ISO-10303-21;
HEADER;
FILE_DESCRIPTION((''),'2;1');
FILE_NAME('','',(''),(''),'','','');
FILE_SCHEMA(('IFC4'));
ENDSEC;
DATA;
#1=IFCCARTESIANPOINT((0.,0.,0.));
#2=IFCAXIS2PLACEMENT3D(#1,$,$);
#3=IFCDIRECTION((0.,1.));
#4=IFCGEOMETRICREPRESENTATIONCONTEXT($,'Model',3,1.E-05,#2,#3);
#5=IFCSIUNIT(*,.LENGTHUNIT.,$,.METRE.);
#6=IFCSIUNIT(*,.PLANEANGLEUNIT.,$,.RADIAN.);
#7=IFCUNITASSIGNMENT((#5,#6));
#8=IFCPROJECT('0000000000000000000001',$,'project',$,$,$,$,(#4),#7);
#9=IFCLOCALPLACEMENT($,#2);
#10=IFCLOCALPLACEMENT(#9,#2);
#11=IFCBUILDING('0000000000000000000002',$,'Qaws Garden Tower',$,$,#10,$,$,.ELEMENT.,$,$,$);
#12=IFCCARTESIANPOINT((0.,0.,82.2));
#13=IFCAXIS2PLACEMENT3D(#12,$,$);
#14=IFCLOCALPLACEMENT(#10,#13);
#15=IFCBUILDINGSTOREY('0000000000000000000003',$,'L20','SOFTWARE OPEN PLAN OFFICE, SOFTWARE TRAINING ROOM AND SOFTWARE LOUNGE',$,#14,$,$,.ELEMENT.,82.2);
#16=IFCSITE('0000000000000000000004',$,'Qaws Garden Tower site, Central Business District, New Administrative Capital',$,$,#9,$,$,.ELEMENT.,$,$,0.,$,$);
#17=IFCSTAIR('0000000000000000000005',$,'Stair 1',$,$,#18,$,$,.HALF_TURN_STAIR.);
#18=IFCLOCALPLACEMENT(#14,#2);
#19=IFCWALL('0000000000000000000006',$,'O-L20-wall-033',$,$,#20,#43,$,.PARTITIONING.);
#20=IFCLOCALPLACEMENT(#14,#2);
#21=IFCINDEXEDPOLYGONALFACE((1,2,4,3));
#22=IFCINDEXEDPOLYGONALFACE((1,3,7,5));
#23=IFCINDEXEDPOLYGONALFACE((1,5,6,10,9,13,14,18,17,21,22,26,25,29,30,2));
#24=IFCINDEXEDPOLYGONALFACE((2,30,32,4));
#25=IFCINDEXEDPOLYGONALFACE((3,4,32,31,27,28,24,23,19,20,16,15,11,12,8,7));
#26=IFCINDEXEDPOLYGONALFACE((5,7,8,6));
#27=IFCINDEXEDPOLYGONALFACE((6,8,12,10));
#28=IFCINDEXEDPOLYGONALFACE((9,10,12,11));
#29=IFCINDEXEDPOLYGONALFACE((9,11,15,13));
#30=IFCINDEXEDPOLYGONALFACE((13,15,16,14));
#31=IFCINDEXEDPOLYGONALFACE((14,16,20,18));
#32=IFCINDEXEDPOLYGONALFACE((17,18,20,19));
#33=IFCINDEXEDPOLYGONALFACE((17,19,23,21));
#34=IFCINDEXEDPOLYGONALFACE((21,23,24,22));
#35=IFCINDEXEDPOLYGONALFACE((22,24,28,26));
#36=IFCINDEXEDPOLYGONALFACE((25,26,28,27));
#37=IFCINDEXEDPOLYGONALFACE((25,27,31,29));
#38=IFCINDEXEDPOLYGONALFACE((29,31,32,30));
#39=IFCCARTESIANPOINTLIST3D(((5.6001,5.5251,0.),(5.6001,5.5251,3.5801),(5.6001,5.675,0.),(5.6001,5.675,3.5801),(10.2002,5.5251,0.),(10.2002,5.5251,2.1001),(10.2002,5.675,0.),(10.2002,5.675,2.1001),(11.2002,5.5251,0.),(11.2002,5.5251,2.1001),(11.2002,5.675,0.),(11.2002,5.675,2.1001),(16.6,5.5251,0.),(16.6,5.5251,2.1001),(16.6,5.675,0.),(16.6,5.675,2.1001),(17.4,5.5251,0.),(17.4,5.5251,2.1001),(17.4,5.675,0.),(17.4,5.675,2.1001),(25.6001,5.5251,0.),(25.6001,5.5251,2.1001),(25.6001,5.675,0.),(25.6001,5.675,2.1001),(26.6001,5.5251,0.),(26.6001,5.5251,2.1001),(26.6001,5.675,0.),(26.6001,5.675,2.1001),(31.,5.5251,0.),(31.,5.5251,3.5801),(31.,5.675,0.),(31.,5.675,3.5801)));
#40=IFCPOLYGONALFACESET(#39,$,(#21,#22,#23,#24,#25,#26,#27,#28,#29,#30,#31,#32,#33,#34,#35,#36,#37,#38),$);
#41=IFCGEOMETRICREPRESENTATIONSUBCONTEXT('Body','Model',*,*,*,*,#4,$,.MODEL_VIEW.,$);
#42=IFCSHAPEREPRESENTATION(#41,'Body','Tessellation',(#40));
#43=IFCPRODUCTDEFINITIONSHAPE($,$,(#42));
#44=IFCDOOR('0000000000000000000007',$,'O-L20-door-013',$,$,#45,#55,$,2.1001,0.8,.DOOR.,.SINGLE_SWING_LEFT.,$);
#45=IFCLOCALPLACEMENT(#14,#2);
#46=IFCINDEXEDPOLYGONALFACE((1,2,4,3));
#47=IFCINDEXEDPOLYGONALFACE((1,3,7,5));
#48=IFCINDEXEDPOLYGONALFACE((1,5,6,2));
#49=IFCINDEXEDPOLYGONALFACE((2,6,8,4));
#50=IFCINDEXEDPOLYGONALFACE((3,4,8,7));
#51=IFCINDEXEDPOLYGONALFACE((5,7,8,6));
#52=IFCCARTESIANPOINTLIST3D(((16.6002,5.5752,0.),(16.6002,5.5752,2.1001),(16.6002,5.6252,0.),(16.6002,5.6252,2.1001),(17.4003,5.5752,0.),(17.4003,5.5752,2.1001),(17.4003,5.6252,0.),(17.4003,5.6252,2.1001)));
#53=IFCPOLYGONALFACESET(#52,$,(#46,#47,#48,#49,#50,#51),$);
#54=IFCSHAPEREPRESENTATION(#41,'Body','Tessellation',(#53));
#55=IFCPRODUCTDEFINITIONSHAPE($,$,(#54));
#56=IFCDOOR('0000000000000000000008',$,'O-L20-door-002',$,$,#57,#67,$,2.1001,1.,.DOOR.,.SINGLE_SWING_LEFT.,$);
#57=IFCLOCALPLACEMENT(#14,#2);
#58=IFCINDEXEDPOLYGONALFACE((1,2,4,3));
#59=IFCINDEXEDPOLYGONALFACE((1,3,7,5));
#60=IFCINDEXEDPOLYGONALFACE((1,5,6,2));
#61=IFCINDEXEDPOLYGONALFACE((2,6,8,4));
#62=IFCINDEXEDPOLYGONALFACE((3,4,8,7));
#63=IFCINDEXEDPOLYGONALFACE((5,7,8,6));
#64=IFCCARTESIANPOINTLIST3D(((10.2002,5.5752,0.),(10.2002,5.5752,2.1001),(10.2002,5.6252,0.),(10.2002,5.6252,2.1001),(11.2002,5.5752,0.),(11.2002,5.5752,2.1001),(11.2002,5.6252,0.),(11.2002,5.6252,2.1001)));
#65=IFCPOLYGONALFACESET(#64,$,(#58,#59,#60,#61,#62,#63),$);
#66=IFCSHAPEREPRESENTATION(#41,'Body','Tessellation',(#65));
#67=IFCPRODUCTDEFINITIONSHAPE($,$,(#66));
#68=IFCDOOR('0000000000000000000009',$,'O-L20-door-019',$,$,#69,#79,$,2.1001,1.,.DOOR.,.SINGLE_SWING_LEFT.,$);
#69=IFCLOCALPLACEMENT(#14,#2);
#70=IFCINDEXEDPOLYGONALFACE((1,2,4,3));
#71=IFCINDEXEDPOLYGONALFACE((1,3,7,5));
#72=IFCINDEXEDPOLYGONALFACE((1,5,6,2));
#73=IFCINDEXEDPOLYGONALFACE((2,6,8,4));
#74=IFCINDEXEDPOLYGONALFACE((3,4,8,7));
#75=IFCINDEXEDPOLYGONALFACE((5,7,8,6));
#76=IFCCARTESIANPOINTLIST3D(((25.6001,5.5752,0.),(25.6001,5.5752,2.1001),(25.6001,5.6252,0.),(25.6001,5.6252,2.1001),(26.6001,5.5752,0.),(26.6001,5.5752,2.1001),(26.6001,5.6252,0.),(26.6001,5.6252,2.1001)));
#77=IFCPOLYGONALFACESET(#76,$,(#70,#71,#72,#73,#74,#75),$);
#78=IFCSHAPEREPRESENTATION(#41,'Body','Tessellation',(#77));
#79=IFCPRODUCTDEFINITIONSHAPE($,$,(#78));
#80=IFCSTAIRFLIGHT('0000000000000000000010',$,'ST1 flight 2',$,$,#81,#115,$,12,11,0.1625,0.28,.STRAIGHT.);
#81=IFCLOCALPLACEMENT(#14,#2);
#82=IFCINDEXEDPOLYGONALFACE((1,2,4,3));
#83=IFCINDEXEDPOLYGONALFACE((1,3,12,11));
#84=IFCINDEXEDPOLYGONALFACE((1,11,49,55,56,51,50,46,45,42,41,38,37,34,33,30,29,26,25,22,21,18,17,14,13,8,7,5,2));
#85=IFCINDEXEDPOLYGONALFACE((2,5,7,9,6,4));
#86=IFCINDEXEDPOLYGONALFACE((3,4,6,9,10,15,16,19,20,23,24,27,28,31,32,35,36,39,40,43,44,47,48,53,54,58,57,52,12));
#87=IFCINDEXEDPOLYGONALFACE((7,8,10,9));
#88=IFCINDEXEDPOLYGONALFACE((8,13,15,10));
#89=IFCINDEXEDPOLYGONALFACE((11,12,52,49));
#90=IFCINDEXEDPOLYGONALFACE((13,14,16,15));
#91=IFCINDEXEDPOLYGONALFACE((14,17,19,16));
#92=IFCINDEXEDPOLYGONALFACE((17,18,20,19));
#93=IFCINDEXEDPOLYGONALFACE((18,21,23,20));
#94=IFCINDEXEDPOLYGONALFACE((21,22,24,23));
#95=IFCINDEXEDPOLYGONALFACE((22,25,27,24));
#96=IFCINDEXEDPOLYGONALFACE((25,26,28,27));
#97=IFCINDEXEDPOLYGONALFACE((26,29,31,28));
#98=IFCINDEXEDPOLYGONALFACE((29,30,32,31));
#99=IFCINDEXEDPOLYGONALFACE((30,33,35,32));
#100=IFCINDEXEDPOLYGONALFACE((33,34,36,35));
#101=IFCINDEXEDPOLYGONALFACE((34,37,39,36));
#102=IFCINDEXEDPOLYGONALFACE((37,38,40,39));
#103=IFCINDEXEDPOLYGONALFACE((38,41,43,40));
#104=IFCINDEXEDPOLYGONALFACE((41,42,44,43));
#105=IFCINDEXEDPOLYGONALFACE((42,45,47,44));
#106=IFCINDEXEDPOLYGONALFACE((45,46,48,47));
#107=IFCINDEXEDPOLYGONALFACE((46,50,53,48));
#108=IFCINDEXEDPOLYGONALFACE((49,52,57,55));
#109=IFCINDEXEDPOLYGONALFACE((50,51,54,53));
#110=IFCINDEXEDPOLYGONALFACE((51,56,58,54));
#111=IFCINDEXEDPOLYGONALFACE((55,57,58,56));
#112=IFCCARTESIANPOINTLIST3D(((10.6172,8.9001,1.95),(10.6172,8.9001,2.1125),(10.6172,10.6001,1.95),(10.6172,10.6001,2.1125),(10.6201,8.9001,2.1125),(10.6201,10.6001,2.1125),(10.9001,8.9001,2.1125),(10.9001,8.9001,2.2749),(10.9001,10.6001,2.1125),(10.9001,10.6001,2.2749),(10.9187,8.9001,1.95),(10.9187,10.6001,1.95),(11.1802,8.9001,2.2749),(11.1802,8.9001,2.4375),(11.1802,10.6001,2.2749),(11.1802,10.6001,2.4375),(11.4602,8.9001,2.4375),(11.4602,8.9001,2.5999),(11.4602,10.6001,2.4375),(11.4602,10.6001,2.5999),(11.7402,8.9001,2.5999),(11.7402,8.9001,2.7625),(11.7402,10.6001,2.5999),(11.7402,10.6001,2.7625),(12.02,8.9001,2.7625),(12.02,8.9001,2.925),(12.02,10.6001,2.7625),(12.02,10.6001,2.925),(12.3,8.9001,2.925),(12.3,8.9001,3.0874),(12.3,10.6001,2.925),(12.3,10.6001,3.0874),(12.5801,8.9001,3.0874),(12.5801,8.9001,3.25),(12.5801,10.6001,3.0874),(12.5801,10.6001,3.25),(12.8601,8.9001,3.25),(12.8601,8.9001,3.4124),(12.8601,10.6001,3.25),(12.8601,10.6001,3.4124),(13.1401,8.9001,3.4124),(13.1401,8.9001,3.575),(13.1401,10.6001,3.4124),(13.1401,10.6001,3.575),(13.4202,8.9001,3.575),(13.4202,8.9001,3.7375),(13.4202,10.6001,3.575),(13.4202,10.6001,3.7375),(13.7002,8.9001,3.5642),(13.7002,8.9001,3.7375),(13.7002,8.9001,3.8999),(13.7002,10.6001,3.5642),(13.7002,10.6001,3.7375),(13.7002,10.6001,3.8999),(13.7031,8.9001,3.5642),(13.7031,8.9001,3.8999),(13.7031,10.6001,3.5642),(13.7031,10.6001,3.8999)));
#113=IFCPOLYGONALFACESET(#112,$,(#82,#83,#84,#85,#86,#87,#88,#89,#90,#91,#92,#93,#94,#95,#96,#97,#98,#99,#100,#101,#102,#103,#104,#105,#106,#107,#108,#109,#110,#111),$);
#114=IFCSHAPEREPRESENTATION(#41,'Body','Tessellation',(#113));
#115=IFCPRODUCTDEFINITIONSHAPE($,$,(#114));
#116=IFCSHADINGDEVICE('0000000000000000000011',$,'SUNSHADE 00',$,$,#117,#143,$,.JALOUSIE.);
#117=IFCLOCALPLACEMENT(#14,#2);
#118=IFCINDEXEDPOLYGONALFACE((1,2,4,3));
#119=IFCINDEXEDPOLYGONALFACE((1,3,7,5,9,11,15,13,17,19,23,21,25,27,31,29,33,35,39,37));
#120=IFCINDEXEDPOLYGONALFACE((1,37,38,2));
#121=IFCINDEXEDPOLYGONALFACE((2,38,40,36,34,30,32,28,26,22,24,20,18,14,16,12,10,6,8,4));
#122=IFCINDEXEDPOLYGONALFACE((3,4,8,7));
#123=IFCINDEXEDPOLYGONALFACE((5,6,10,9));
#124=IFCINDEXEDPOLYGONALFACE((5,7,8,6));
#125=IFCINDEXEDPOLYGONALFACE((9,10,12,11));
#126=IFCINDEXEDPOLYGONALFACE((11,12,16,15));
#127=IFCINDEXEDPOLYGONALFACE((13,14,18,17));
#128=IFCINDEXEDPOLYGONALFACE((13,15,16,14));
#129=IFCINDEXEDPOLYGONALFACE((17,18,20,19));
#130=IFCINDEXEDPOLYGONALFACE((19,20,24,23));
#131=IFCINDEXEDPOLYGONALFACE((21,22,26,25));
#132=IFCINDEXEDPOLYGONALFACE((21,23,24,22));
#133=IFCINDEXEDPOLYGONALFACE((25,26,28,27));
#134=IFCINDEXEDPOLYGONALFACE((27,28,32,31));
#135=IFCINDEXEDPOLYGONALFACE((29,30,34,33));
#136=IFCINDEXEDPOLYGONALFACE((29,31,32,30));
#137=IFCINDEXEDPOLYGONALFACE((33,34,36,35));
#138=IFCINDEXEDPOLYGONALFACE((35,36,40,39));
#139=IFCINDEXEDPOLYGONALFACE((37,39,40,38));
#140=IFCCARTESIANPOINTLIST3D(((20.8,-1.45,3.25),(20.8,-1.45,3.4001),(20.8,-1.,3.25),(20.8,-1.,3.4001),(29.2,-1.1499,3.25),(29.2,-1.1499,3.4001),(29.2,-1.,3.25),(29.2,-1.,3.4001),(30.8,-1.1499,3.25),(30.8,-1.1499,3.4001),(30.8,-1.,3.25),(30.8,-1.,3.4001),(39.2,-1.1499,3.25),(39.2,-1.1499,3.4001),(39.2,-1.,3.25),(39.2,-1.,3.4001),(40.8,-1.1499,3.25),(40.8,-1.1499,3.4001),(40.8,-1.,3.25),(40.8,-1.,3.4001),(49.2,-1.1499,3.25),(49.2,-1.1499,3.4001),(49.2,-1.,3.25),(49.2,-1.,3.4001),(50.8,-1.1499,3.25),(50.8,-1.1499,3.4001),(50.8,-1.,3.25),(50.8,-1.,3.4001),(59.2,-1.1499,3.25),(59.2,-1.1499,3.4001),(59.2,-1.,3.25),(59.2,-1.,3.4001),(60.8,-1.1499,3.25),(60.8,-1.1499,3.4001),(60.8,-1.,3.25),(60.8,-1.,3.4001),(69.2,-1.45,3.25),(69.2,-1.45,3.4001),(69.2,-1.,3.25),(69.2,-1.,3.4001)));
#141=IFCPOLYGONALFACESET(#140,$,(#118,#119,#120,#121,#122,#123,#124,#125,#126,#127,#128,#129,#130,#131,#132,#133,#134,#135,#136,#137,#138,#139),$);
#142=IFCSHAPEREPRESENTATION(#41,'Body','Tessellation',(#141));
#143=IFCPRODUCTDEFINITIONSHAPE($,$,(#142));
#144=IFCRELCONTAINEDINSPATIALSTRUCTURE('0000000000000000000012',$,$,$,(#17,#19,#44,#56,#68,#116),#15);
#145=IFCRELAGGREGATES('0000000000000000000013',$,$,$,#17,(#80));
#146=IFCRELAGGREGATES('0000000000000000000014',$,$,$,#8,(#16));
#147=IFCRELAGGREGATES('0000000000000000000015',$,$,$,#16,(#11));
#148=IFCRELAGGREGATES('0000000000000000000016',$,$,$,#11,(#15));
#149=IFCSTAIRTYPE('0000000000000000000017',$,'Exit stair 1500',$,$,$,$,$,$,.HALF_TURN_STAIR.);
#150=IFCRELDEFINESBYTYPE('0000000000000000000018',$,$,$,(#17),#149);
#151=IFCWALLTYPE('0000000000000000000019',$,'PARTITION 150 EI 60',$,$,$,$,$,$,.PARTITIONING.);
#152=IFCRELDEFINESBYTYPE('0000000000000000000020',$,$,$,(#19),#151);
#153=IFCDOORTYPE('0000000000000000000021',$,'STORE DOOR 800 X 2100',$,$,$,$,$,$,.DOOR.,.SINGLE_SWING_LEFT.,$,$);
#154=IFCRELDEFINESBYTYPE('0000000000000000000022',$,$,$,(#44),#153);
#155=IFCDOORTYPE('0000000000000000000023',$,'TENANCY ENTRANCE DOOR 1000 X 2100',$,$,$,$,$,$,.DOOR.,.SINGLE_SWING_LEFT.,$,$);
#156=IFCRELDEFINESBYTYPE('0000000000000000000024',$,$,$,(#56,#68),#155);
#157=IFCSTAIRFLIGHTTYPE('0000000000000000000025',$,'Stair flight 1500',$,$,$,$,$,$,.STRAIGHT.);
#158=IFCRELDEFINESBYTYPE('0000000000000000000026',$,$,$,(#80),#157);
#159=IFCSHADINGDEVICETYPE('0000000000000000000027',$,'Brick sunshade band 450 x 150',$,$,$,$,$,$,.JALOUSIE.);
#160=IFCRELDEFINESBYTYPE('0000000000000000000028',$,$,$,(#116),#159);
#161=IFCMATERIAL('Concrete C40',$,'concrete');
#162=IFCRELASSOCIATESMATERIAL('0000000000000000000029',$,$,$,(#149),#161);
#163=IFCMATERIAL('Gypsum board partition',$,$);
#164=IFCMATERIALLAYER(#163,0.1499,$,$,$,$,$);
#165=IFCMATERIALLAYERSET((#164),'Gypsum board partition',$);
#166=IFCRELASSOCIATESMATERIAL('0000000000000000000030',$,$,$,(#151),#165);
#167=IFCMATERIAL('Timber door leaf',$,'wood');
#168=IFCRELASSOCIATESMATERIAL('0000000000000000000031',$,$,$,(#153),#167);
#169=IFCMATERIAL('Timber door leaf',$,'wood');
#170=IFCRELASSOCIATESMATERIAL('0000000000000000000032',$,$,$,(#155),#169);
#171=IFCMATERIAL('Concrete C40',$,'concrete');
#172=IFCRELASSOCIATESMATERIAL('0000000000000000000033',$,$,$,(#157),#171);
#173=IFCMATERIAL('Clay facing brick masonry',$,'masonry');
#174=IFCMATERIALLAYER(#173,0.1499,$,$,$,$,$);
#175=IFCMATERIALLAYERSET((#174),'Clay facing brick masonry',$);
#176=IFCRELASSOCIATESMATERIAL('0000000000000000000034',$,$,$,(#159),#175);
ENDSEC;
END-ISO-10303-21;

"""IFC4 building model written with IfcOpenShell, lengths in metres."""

from ifc_helpers import new_model, si_unit, direction, frame, frame_2d, origin, place, context, subcontext, project, spatial, polyline, rectangle, outline, extrude, material, layer, layer_set, type_object, element, fill, aggregate, save


model = new_model("IFC4")

# Units and contexts
model_context = context("Model", 3, precision=1e-05, world=origin(), true_north=direction((0.0, 1.0)))
body_context = subcontext(model_context, "Body", "Model", "MODEL_VIEW")
ifc_project = project(units=[si_unit("LENGTHUNIT", "METRE"), si_unit("PLANEANGLEUNIT", "RADIAN")], contexts=[model_context])

# Site, building, storey
site_placement = place(None, origin())
site = spatial("IfcSite", under=ifc_project, at=site_placement, Name="Qaws Garden Tower site, Central Business District, New Administrative Capital", CompositionType="ELEMENT", RefElevation=0.0)
building_placement = place(site_placement, origin())
building = spatial("IfcBuilding", under=site, at=building_placement, Name="Qaws Garden Tower", CompositionType="ELEMENT")
storey_placement = place(building_placement, frame((0.0, 0.0, 82.2)))
storey = spatial("IfcBuildingStorey", under=building, at=storey_placement, Name="L20", Description="SOFTWARE OPEN PLAN OFFICE, SOFTWARE TRAINING ROOM AND SOFTWARE LOUNGE", CompositionType="ELEMENT", Elevation=82.2)

# Stair
ifc_material_1 = material(Name="Concrete C40", Category="concrete")
stair_type_1 = type_object("IfcStairType", Name="Exit stair 1500", PredefinedType="HALF_TURN_STAIR", material=ifc_material_1)
placement_1 = place(storey_placement, origin())
stair_1 = element("IfcStair", 1, at=placement_1, inside=storey, type_object=stair_type_1, Name="Stair 1", PredefinedType="HALF_TURN_STAIR")

# Shared definitions
ifc_material_2 = material(Name="Gypsum board partition")
ifc_layer_1 = layer(ifc_material_2, 0.1499)
ifc_layer_set_1 = layer_set([ifc_layer_1], Name="Gypsum board partition")
wall_type_1 = type_object("IfcWallType", Name="PARTITION 150 EI 60", PredefinedType="PARTITIONING", material=ifc_layer_set_1)

# Wall, openings, doors
wall_1_placement = place(storey_placement, frame((5.6001, 5.6001, 0.0), z_axis=(0.0, 0.0, 1.0), x_axis=(1.0, 0.0, 0.0)))
wall_1 = element("IfcWall", 2, at=wall_1_placement, inside=storey, type_object=wall_type_1, Name="O-L20-wall-033", PredefinedType="PARTITIONING", context=body_context, shape_type="SweptSolid", body=[
    extrude(rectangle(XDim=25.3999, YDim=0.1499, at=frame_2d((12.7, 0.0))), origin(), (0.0, 0.0, 1.0), 3.5801),
])
opening_1_placement = place(wall_1_placement, frame((4.6001, 0.0, 0.0)))
opening_1 = element("IfcOpeningElement", 3, at=opening_1_placement, cuts=wall_1, PredefinedType="OPENING", context=body_context, shape_type="SweptSolid", body=[
    extrude(rectangle(XDim=1.0, YDim=2.1001, at=frame_2d((0.5, 1.05))), frame((0.0, 0.085, 0.0), z_axis=(0.0, -1.0, 0.0), x_axis=(1.0, 0.0, 0.0)), (0.0, 0.0, 1.0), 0.1699),
])
opening_2_placement = place(wall_1_placement, frame((11.0, 0.0, 0.0)))
opening_2 = element("IfcOpeningElement", 4, at=opening_2_placement, cuts=wall_1, PredefinedType="OPENING", context=body_context, shape_type="SweptSolid", body=[
    extrude(rectangle(XDim=0.8, YDim=2.1001, at=frame_2d((0.3999, 1.05))), frame((0.0, 0.085, 0.0), z_axis=(0.0, -1.0, 0.0), x_axis=(1.0, 0.0, 0.0)), (0.0, 0.0, 1.0), 0.1699),
])
opening_3_placement = place(wall_1_placement, frame((20.0, 0.0, 0.0)))
opening_3 = element("IfcOpeningElement", 5, at=opening_3_placement, cuts=wall_1, PredefinedType="OPENING", context=body_context, shape_type="SweptSolid", body=[
    extrude(rectangle(XDim=1.0, YDim=2.1001, at=frame_2d((0.5, 1.05))), frame((0.0, 0.085, 0.0), z_axis=(0.0, -1.0, 0.0), x_axis=(1.0, 0.0, 0.0)), (0.0, 0.0, 1.0), 0.1699),
])
ifc_material_3 = material(Name="Timber door leaf", Category="wood")
door_type_1 = type_object("IfcDoorType", Name="STORE DOOR 800 X 2100", OperationType="SINGLE_SWING_LEFT", PredefinedType="DOOR", material=ifc_material_3)
door_1_placement = place(opening_2_placement, frame((0.8, 0.0, 0.0), z_axis=(0.0, 0.0, 1.0), x_axis=(-1.0, 0.0, 0.0)))
door_1 = element("IfcDoor", 6, at=door_1_placement, inside=storey, type_object=door_type_1, Name="O-L20-door-013", OperationType="SINGLE_SWING_LEFT", OverallHeight=2.1001, OverallWidth=0.8, PredefinedType="DOOR", context=body_context, shape_type="SweptSolid", body=[
    extrude(rectangle(XDim=0.8, YDim=2.1001, at=frame_2d((0.3999, 1.05))), frame((0.0, 0.0249, 0.0), z_axis=(0.0, -1.0, 0.0), x_axis=(1.0, 0.0, 0.0)), (0.0, 0.0, 1.0), 0.05),
])
fill(opening_2, door_1)
ifc_material_4 = material(Name="Timber door leaf", Category="wood")
door_type_2 = type_object("IfcDoorType", Name="TENANCY ENTRANCE DOOR 1000 X 2100", OperationType="SINGLE_SWING_LEFT", PredefinedType="DOOR", material=ifc_material_4)
door_2_placement = place(opening_1_placement, frame((1.0, 0.0, 0.0), z_axis=(0.0, 0.0, 1.0), x_axis=(-1.0, 0.0, 0.0)))
door_2 = element("IfcDoor", 7, at=door_2_placement, inside=storey, type_object=door_type_2, Name="O-L20-door-002", OperationType="SINGLE_SWING_LEFT", OverallHeight=2.1001, OverallWidth=1.0, PredefinedType="DOOR", context=body_context, shape_type="SweptSolid", body=[
    extrude(rectangle(XDim=1.0, YDim=2.1001, at=frame_2d((0.5, 1.05))), frame((0.0, 0.0249, 0.0), z_axis=(0.0, -1.0, 0.0), x_axis=(1.0, 0.0, 0.0)), (0.0, 0.0, 1.0), 0.05),
])
fill(opening_1, door_2)
door_3_placement = place(opening_3_placement, frame((1.0, 0.0, 0.0), z_axis=(0.0, 0.0, 1.0), x_axis=(-1.0, 0.0, 0.0)))
door_3 = element("IfcDoor", 8, at=door_3_placement, inside=storey, type_object=door_type_2, Name="O-L20-door-019", OperationType="SINGLE_SWING_LEFT", OverallHeight=2.1001, OverallWidth=1.0, PredefinedType="DOOR", context=body_context, shape_type="SweptSolid", body=[
    extrude(rectangle(XDim=1.0, YDim=2.1001, at=frame_2d((0.5, 1.05))), frame((0.0, 0.0249, 0.0), z_axis=(0.0, -1.0, 0.0), x_axis=(1.0, 0.0, 0.0)), (0.0, 0.0, 1.0), 0.05),
])
fill(opening_3, door_3)

# Stair flight
ifc_material_5 = material(Name="Concrete C40", Category="concrete")
stair_flight_type = type_object("IfcStairFlightType", Name="Stair flight 1500", PredefinedType="STRAIGHT", material=ifc_material_5)
stair_flight_placement = place(storey_placement, frame((10.6201, 9.75, 1.95), z_axis=(0.0, 0.0, 1.0), x_axis=(1.0, 0.0, 0.0)))
stair_flight = element("IfcStairFlight", 9, at=stair_flight_placement, type_object=stair_flight_type, Name="ST1 flight 2", NumberOfRisers=12, NumberOfTreads=11, PredefinedType="STRAIGHT", RiserHeight=0.1625, TreadLength=0.28, context=body_context, shape_type="SweptSolid", body=[
    extrude(outline(polyline([(-0.0029, 0.0), (-0.0029, 0.1626), (0.0, 0.1626), (0.28, 0.1626), (0.28, 0.325), (0.5601, 0.325), (0.5601, 0.4875), (0.8401, 0.4875), (0.8401, 0.6499), (1.1201, 0.6499), (1.1201, 0.8125), (1.3999, 0.8125), (1.3999, 0.9751), (1.6799, 0.9751), (1.6799, 1.1375), (1.96, 1.1375), (1.96, 1.3), (2.24, 1.3), (2.24, 1.4624), (2.52, 1.4624), (2.52, 1.625), (2.8, 1.625), (2.8, 1.7876), (3.0801, 1.7876), (3.0801, 1.95), (3.083, 1.95), (3.083, 1.6143), (3.0801, 1.6143), (0.2986, 0.0), (-0.0029, 0.0)])), frame((0.0, 0.8501, 0.0), z_axis=(0.0, -1.0, 0.0), x_axis=(1.0, 0.0, 0.0)), (0.0, 0.0, 1.0), 1.7),
])
aggregate(stair_1, [stair_flight])

# Shading device
ifc_material_6 = material(Name="Clay facing brick masonry", Category="masonry")
ifc_layer_2 = layer(ifc_material_6, 0.1499)
ifc_layer_set_2 = layer_set([ifc_layer_2], Name="Clay facing brick masonry")
shading_device_type = type_object("IfcShadingDeviceType", Name="Brick sunshade band 450 x 150", PredefinedType="JALOUSIE", material=ifc_layer_set_2)
shading_device_placement = place(storey_placement, frame((0.0, 0.0, 3.25)))
element("IfcShadingDevice", 10, at=shading_device_placement, inside=storey, type_object=shading_device_type, Name="SUNSHADE 00", PredefinedType="JALOUSIE", context=body_context, shape_type="SweptSolid", body=[
    extrude(outline(polyline([(20.8, -1.0), (20.8, -1.45), (69.2, -1.45), (69.2, -1.0), (60.8, -1.0), (60.8, -1.1499), (59.2, -1.1499), (59.2, -1.0), (50.8, -1.0), (50.8, -1.1499), (49.2, -1.1499), (49.2, -1.0), (40.8, -1.0), (40.8, -1.1499), (39.2, -1.1499), (39.2, -1.0), (30.8, -1.0), (30.8, -1.1499), (29.2, -1.1499), (29.2, -1.0), (20.8, -1.0)])), origin(), (0.0, 0.0, 1.0), 0.1501),
])

save(model, "model.ifc")
